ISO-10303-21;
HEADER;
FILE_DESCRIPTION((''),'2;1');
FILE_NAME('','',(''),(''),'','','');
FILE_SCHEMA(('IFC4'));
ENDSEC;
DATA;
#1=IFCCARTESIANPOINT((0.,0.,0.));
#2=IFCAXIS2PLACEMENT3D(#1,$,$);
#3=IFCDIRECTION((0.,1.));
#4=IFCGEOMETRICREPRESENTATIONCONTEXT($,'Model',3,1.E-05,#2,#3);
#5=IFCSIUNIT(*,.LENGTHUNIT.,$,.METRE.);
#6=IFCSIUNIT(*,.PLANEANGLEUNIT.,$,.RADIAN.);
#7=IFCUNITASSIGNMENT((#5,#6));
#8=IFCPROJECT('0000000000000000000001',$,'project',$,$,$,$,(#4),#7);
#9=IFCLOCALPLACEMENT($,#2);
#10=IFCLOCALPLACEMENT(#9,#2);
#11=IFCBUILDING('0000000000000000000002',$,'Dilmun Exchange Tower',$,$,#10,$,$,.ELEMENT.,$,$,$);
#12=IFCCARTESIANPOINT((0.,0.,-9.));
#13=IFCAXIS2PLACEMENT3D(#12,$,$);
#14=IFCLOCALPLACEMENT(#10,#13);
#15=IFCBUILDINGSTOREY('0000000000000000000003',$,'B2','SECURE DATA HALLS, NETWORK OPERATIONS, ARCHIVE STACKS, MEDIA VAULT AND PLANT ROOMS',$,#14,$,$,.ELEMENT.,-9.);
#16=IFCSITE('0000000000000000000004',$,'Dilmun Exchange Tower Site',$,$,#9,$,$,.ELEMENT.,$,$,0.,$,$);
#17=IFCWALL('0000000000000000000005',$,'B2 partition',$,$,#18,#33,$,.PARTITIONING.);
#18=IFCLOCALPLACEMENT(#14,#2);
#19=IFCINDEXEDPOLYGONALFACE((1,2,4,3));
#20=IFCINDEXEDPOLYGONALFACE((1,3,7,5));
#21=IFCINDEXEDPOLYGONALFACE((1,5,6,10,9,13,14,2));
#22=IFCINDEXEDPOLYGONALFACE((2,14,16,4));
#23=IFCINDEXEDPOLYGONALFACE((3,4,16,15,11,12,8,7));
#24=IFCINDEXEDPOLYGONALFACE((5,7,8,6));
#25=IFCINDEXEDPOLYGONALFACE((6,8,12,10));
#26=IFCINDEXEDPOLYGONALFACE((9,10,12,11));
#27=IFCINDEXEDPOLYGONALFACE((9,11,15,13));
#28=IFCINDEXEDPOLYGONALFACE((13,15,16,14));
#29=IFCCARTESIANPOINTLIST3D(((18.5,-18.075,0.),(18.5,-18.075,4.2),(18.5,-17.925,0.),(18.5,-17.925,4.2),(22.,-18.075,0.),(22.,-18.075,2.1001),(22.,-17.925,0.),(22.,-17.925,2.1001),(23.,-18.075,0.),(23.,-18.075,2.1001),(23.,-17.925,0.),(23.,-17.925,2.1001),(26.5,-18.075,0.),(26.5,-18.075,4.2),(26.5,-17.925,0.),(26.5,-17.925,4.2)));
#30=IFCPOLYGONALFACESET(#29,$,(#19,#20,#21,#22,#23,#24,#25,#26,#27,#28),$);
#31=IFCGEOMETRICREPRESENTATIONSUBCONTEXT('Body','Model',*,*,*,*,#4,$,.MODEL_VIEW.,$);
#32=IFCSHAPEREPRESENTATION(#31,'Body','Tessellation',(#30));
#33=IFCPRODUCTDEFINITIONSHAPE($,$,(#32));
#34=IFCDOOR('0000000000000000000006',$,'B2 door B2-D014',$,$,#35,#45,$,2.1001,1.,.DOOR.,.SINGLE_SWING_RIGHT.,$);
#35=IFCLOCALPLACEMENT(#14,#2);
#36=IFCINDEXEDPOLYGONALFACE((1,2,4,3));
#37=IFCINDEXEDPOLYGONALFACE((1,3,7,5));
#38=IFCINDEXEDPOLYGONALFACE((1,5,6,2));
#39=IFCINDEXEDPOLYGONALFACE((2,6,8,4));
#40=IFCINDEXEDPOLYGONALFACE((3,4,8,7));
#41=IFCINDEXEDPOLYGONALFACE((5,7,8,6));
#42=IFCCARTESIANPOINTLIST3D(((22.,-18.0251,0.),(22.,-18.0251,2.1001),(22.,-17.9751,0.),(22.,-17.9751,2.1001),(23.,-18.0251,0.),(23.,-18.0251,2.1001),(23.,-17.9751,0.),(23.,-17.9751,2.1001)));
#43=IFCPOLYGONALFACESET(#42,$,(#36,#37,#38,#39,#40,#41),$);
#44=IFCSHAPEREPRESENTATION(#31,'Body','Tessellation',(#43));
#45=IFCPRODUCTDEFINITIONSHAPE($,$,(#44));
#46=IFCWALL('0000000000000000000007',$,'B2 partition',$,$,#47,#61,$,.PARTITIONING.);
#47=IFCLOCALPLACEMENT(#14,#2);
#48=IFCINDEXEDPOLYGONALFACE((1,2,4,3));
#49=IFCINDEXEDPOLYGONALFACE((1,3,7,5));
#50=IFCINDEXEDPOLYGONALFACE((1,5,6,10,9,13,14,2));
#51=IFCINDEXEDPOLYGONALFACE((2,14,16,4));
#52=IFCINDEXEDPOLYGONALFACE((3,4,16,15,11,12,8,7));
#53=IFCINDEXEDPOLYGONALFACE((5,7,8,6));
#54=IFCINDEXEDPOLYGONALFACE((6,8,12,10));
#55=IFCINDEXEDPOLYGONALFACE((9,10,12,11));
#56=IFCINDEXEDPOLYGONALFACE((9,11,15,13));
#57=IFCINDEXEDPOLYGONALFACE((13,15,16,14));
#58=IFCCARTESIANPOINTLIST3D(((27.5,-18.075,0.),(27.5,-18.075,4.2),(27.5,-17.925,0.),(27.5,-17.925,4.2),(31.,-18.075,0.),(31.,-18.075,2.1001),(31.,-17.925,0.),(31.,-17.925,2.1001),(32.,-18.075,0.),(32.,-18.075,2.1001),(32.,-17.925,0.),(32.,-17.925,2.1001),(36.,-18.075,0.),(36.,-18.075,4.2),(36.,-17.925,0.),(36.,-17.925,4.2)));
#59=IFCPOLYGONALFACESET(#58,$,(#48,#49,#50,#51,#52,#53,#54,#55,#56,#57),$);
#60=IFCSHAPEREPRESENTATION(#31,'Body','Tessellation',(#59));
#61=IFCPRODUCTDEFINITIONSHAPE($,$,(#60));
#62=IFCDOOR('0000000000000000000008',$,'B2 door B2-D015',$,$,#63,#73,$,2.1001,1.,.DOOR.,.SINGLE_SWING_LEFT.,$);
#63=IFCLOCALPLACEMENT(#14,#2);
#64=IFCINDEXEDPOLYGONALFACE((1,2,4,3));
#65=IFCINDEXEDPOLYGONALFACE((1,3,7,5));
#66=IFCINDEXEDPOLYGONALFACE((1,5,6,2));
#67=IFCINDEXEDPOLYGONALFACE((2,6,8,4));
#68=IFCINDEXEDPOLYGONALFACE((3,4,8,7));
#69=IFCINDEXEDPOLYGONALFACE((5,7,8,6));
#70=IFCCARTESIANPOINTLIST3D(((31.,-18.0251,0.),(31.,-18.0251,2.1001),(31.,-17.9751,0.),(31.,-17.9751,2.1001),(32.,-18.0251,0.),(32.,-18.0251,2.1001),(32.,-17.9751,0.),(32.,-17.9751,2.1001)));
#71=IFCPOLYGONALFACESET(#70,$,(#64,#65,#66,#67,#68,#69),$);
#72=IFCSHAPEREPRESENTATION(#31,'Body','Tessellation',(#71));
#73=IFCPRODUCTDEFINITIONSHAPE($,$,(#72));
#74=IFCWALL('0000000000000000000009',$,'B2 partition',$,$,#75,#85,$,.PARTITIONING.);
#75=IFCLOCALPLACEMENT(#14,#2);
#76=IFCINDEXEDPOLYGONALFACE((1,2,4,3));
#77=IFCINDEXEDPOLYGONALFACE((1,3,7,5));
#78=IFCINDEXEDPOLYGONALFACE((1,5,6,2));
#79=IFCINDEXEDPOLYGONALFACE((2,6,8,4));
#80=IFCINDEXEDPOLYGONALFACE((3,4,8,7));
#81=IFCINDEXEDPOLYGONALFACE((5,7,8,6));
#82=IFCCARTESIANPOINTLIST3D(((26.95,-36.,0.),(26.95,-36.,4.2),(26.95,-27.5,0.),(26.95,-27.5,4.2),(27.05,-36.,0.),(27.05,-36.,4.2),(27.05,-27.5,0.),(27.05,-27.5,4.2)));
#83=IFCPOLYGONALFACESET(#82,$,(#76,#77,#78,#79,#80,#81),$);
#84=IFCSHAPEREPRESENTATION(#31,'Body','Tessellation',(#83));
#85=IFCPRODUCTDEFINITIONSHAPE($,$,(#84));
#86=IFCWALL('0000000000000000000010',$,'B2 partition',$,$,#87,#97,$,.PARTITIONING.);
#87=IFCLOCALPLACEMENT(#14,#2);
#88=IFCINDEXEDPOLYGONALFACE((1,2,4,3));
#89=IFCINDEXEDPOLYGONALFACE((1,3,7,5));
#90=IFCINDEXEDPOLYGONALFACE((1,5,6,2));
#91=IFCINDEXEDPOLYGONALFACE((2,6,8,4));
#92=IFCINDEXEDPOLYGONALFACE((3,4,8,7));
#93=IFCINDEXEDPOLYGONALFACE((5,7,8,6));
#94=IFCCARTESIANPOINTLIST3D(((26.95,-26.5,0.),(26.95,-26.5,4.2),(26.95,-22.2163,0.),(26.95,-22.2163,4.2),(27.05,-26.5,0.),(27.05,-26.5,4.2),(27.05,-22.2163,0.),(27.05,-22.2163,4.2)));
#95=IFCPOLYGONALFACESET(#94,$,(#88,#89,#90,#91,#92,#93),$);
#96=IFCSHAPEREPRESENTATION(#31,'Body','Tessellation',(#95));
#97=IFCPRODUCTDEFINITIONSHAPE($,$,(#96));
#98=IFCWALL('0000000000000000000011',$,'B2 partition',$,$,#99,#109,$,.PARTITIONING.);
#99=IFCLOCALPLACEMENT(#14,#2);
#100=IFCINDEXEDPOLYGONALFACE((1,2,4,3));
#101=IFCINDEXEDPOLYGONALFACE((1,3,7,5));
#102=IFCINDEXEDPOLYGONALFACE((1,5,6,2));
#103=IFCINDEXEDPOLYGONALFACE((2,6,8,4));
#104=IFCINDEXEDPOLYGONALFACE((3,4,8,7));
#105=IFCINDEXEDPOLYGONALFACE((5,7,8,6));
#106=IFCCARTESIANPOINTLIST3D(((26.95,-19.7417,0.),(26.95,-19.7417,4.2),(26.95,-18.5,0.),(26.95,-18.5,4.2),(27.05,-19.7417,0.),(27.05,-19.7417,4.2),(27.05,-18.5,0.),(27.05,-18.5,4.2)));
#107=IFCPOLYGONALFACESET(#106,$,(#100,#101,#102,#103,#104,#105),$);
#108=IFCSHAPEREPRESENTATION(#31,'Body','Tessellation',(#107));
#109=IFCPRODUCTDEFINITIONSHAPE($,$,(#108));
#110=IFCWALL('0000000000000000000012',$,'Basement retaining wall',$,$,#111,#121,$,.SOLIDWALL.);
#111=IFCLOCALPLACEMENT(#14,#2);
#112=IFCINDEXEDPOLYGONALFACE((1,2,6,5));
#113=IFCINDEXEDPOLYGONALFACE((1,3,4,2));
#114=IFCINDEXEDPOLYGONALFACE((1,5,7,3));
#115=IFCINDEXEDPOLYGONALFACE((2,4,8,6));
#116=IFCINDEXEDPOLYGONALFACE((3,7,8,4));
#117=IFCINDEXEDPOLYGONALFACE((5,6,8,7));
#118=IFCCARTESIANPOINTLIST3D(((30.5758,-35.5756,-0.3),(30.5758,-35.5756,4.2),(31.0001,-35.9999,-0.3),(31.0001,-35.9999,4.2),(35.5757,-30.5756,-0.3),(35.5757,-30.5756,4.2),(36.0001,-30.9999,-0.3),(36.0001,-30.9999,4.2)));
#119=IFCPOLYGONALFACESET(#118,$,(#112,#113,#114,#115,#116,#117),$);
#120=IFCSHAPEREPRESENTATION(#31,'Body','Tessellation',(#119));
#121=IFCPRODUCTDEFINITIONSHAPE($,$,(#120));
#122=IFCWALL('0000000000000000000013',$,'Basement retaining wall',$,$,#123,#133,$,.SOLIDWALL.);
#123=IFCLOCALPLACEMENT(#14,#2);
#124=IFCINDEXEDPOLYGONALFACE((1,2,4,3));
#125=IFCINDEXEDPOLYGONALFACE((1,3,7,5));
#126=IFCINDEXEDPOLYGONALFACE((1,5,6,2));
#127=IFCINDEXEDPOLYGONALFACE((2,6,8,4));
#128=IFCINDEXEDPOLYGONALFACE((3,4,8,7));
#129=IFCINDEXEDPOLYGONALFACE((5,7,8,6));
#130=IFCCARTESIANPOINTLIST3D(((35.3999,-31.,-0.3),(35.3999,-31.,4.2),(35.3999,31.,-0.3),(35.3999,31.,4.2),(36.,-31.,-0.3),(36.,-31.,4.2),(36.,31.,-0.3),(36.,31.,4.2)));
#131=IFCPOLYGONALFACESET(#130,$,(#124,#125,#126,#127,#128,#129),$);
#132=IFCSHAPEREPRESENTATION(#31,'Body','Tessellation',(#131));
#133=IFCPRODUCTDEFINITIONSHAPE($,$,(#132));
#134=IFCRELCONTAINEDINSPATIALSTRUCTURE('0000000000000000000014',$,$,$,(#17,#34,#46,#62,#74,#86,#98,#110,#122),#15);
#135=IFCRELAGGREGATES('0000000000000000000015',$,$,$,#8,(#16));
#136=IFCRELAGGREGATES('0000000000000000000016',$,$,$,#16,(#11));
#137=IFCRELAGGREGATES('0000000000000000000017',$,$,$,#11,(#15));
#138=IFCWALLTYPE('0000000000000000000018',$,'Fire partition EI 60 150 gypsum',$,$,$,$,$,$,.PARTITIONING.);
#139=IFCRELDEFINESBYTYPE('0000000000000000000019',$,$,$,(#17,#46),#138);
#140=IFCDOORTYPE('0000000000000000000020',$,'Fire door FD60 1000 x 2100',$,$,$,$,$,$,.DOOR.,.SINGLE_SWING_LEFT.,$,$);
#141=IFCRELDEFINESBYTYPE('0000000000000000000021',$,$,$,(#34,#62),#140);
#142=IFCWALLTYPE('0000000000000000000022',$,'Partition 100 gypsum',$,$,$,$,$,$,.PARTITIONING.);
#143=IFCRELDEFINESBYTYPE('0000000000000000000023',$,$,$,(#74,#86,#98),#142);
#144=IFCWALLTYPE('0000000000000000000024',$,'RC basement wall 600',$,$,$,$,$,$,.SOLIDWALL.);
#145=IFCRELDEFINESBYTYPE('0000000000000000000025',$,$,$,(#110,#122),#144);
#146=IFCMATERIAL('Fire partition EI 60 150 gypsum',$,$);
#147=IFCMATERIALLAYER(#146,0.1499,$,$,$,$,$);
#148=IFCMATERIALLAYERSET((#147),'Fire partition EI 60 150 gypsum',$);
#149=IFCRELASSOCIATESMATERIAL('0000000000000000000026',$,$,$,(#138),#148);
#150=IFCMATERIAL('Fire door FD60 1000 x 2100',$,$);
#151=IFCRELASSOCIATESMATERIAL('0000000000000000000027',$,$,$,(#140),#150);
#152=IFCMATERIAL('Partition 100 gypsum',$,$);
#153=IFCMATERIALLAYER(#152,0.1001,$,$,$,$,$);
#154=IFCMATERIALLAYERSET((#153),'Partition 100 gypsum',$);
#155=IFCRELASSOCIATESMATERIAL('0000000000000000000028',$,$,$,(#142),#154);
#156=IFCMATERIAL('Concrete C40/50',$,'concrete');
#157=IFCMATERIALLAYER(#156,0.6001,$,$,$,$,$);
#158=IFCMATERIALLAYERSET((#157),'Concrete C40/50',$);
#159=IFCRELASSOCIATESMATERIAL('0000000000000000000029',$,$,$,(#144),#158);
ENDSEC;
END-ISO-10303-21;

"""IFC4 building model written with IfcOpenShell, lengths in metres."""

from ifc_helpers import new_model, si_unit, direction, frame, frame_2d, origin, place, context, subcontext, project, spatial, rectangle, extrude, material, layer, layer_set, type_object, element, fill, save


model = new_model("IFC4")

# Units and contexts
model_context = context("Model", 3, precision=1e-05, world=origin(), true_north=direction((0.0, 1.0)))
body_context = subcontext(model_context, "Body", "Model", "MODEL_VIEW")
ifc_project = project(units=[si_unit("LENGTHUNIT", "METRE"), si_unit("PLANEANGLEUNIT", "RADIAN")], contexts=[model_context])

# Site, building, storey
site_placement = place(None, origin())
site = spatial("IfcSite", under=ifc_project, at=site_placement, Name="Dilmun Exchange Tower Site", CompositionType="ELEMENT", RefElevation=0.0)
building_placement = place(site_placement, origin())
building = spatial("IfcBuilding", under=site, at=building_placement, Name="Dilmun Exchange Tower", CompositionType="ELEMENT")
storey_placement = place(building_placement, frame((0.0, 0.0, -9.0)))
storey = spatial("IfcBuildingStorey", under=building, at=storey_placement, Name="B2", Description="SECURE DATA HALLS, NETWORK OPERATIONS, ARCHIVE STACKS, MEDIA VAULT AND PLANT ROOMS", CompositionType="ELEMENT", Elevation=-9.0)

# Walls, openings, doors
ifc_material_1 = material(Name="Fire partition EI 60 150 gypsum")
ifc_layer_1 = layer(ifc_material_1, 0.1499)
ifc_layer_set_1 = layer_set([ifc_layer_1], Name="Fire partition EI 60 150 gypsum")
wall_type_1 = type_object("IfcWallType", Name="Fire partition EI 60 150 gypsum", PredefinedType="PARTITIONING", material=ifc_layer_set_1)
wall_1_placement = place(storey_placement, frame((18.5, -18.0, 0.0), z_axis=(0.0, 0.0, 1.0), x_axis=(1.0, 0.0, 0.0)))
wall_1 = element("IfcWall", 1, at=wall_1_placement, inside=storey, type_object=wall_type_1, Name="B2 partition", PredefinedType="PARTITIONING", context=body_context, shape_type="SweptSolid", body=[
    extrude(rectangle(XDim=8.0, YDim=0.1499, at=frame_2d((4.0, 0.0))), origin(), (0.0, 0.0, 1.0), 4.2),
])
opening_1_placement = place(wall_1_placement, frame((3.5, 0.0, 0.0)))
opening_1 = element("IfcOpeningElement", 2, at=opening_1_placement, cuts=wall_1, PredefinedType="OPENING", context=body_context, shape_type="SweptSolid", body=[
    extrude(rectangle(XDim=1.0, YDim=2.1001, at=frame_2d((0.5, 1.05))), frame((0.0, 0.085, 0.0), z_axis=(0.0, -1.0, 0.0), x_axis=(1.0, 0.0, 0.0)), (0.0, 0.0, 1.0), 0.1699),
])
ifc_material_2 = material(Name="Fire door FD60 1000 x 2100")
door_type = type_object("IfcDoorType", Name="Fire door FD60 1000 x 2100", OperationType="SINGLE_SWING_LEFT", PredefinedType="DOOR", material=ifc_material_2)
door_1_placement = place(opening_1_placement, origin())
door_1 = element("IfcDoor", 3, at=door_1_placement, inside=storey, type_object=door_type, Name="B2 door B2-D014", OperationType="SINGLE_SWING_RIGHT", OverallHeight=2.1001, OverallWidth=1.0, PredefinedType="DOOR", context=body_context, shape_type="SweptSolid", body=[
    extrude(rectangle(XDim=1.0, YDim=2.1001, at=frame_2d((0.5, 1.05))), frame((0.0, 0.0249, 0.0), z_axis=(0.0, -1.0, 0.0), x_axis=(1.0, 0.0, 0.0)), (0.0, 0.0, 1.0), 0.05),
])
fill(opening_1, door_1)
wall_2_placement = place(storey_placement, frame((27.5, -18.0, 0.0), z_axis=(0.0, 0.0, 1.0), x_axis=(1.0, 0.0, 0.0)))
wall_2 = element("IfcWall", 4, at=wall_2_placement, inside=storey, type_object=wall_type_1, Name="B2 partition", PredefinedType="PARTITIONING", context=body_context, shape_type="SweptSolid", body=[
    extrude(rectangle(XDim=8.5, YDim=0.1499, at=frame_2d((4.25, 0.0))), origin(), (0.0, 0.0, 1.0), 4.2),
])
opening_2_placement = place(wall_2_placement, frame((3.5, 0.0, 0.0)))
opening_2 = element("IfcOpeningElement", 5, at=opening_2_placement, cuts=wall_2, PredefinedType="OPENING", context=body_context, shape_type="SweptSolid", body=[
    extrude(rectangle(XDim=1.0, YDim=2.1001, at=frame_2d((0.5, 1.05))), frame((0.0, 0.085, 0.0), z_axis=(0.0, -1.0, 0.0), x_axis=(1.0, 0.0, 0.0)), (0.0, 0.0, 1.0), 0.1699),
])
door_2_placement = place(opening_2_placement, origin())
door_2 = element("IfcDoor", 6, at=door_2_placement, inside=storey, type_object=door_type, Name="B2 door B2-D015", OperationType="SINGLE_SWING_LEFT", OverallHeight=2.1001, OverallWidth=1.0, PredefinedType="DOOR", context=body_context, shape_type="SweptSolid", body=[
    extrude(rectangle(XDim=1.0, YDim=2.1001, at=frame_2d((0.5, 1.05))), frame((0.0, 0.0249, 0.0), z_axis=(0.0, -1.0, 0.0), x_axis=(1.0, 0.0, 0.0)), (0.0, 0.0, 1.0), 0.05),
])
fill(opening_2, door_2)

# Walls
ifc_material_3 = material(Name="Partition 100 gypsum")
ifc_layer_2 = layer(ifc_material_3, 0.1001)
ifc_layer_set_2 = layer_set([ifc_layer_2], Name="Partition 100 gypsum")
wall_type_2 = type_object("IfcWallType", Name="Partition 100 gypsum", PredefinedType="PARTITIONING", material=ifc_layer_set_2)
wall_3_placement = place(storey_placement, frame((27.0, -36.0, 0.0), z_axis=(0.0, 0.0, 1.0), x_axis=(0.0, 1.0, 0.0)))
element("IfcWall", 7, at=wall_3_placement, inside=storey, type_object=wall_type_2, Name="B2 partition", PredefinedType="PARTITIONING", context=body_context, shape_type="SweptSolid", body=[
    extrude(rectangle(XDim=8.5, YDim=0.1001, at=frame_2d((4.25, 0.0))), origin(), (0.0, 0.0, 1.0), 4.2),
])
wall_4_placement = place(storey_placement, frame((27.0, -26.5, 0.0), z_axis=(0.0, 0.0, 1.0), x_axis=(0.0, 1.0, 0.0)))
element("IfcWall", 8, at=wall_4_placement, inside=storey, type_object=wall_type_2, Name="B2 partition", PredefinedType="PARTITIONING", context=body_context, shape_type="SweptSolid", body=[
    extrude(rectangle(XDim=4.2837, YDim=0.1001, at=frame_2d((2.1418, 0.0))), origin(), (0.0, 0.0, 1.0), 4.2),
])
wall_5_placement = place(storey_placement, frame((27.0, -19.7417, 0.0), z_axis=(0.0, 0.0, 1.0), x_axis=(0.0, 1.0, 0.0)))
element("IfcWall", 9, at=wall_5_placement, inside=storey, type_object=wall_type_2, Name="B2 partition", PredefinedType="PARTITIONING", context=body_context, shape_type="SweptSolid", body=[
    extrude(rectangle(XDim=1.2417, YDim=0.1001, at=frame_2d((0.6208, 0.0))), origin(), (0.0, 0.0, 1.0), 4.2),
])
ifc_material_4 = material(Name="Concrete C40/50", Category="concrete")
ifc_layer_3 = layer(ifc_material_4, 0.6001)
ifc_layer_set_3 = layer_set([ifc_layer_3], Name="Concrete C40/50")
wall_type_3 = type_object("IfcWallType", Name="RC basement wall 600", PredefinedType="SOLIDWALL", material=ifc_layer_set_3)
wall_6_placement = place(storey_placement, frame((30.7878, -35.7878, -0.3), z_axis=(0.0, 0.0, 1.0), x_axis=(0.707107, 0.707107, 0.0)))
element("IfcWall", 10, at=wall_6_placement, inside=storey, type_object=wall_type_3, Name="Basement retaining wall", PredefinedType="SOLIDWALL", context=body_context, shape_type="SweptSolid", body=[
    extrude(rectangle(XDim=7.071, YDim=0.6001, at=frame_2d((3.5356, 0.0))), origin(), (0.0, 0.0, 1.0), 4.5),
])
wall_7_placement = place(storey_placement, frame((35.7, -31.0, -0.3), z_axis=(0.0, 0.0, 1.0), x_axis=(0.0, 1.0, 0.0)))
element("IfcWall", 11, at=wall_7_placement, inside=storey, type_object=wall_type_3, Name="Basement retaining wall", PredefinedType="SOLIDWALL", context=body_context, shape_type="SweptSolid", body=[
    extrude(rectangle(XDim=62.0, YDim=0.6001, at=frame_2d((31.0, 0.0))), origin(), (0.0, 0.0, 1.0), 4.5),
])

save(model, "model.ifc")
